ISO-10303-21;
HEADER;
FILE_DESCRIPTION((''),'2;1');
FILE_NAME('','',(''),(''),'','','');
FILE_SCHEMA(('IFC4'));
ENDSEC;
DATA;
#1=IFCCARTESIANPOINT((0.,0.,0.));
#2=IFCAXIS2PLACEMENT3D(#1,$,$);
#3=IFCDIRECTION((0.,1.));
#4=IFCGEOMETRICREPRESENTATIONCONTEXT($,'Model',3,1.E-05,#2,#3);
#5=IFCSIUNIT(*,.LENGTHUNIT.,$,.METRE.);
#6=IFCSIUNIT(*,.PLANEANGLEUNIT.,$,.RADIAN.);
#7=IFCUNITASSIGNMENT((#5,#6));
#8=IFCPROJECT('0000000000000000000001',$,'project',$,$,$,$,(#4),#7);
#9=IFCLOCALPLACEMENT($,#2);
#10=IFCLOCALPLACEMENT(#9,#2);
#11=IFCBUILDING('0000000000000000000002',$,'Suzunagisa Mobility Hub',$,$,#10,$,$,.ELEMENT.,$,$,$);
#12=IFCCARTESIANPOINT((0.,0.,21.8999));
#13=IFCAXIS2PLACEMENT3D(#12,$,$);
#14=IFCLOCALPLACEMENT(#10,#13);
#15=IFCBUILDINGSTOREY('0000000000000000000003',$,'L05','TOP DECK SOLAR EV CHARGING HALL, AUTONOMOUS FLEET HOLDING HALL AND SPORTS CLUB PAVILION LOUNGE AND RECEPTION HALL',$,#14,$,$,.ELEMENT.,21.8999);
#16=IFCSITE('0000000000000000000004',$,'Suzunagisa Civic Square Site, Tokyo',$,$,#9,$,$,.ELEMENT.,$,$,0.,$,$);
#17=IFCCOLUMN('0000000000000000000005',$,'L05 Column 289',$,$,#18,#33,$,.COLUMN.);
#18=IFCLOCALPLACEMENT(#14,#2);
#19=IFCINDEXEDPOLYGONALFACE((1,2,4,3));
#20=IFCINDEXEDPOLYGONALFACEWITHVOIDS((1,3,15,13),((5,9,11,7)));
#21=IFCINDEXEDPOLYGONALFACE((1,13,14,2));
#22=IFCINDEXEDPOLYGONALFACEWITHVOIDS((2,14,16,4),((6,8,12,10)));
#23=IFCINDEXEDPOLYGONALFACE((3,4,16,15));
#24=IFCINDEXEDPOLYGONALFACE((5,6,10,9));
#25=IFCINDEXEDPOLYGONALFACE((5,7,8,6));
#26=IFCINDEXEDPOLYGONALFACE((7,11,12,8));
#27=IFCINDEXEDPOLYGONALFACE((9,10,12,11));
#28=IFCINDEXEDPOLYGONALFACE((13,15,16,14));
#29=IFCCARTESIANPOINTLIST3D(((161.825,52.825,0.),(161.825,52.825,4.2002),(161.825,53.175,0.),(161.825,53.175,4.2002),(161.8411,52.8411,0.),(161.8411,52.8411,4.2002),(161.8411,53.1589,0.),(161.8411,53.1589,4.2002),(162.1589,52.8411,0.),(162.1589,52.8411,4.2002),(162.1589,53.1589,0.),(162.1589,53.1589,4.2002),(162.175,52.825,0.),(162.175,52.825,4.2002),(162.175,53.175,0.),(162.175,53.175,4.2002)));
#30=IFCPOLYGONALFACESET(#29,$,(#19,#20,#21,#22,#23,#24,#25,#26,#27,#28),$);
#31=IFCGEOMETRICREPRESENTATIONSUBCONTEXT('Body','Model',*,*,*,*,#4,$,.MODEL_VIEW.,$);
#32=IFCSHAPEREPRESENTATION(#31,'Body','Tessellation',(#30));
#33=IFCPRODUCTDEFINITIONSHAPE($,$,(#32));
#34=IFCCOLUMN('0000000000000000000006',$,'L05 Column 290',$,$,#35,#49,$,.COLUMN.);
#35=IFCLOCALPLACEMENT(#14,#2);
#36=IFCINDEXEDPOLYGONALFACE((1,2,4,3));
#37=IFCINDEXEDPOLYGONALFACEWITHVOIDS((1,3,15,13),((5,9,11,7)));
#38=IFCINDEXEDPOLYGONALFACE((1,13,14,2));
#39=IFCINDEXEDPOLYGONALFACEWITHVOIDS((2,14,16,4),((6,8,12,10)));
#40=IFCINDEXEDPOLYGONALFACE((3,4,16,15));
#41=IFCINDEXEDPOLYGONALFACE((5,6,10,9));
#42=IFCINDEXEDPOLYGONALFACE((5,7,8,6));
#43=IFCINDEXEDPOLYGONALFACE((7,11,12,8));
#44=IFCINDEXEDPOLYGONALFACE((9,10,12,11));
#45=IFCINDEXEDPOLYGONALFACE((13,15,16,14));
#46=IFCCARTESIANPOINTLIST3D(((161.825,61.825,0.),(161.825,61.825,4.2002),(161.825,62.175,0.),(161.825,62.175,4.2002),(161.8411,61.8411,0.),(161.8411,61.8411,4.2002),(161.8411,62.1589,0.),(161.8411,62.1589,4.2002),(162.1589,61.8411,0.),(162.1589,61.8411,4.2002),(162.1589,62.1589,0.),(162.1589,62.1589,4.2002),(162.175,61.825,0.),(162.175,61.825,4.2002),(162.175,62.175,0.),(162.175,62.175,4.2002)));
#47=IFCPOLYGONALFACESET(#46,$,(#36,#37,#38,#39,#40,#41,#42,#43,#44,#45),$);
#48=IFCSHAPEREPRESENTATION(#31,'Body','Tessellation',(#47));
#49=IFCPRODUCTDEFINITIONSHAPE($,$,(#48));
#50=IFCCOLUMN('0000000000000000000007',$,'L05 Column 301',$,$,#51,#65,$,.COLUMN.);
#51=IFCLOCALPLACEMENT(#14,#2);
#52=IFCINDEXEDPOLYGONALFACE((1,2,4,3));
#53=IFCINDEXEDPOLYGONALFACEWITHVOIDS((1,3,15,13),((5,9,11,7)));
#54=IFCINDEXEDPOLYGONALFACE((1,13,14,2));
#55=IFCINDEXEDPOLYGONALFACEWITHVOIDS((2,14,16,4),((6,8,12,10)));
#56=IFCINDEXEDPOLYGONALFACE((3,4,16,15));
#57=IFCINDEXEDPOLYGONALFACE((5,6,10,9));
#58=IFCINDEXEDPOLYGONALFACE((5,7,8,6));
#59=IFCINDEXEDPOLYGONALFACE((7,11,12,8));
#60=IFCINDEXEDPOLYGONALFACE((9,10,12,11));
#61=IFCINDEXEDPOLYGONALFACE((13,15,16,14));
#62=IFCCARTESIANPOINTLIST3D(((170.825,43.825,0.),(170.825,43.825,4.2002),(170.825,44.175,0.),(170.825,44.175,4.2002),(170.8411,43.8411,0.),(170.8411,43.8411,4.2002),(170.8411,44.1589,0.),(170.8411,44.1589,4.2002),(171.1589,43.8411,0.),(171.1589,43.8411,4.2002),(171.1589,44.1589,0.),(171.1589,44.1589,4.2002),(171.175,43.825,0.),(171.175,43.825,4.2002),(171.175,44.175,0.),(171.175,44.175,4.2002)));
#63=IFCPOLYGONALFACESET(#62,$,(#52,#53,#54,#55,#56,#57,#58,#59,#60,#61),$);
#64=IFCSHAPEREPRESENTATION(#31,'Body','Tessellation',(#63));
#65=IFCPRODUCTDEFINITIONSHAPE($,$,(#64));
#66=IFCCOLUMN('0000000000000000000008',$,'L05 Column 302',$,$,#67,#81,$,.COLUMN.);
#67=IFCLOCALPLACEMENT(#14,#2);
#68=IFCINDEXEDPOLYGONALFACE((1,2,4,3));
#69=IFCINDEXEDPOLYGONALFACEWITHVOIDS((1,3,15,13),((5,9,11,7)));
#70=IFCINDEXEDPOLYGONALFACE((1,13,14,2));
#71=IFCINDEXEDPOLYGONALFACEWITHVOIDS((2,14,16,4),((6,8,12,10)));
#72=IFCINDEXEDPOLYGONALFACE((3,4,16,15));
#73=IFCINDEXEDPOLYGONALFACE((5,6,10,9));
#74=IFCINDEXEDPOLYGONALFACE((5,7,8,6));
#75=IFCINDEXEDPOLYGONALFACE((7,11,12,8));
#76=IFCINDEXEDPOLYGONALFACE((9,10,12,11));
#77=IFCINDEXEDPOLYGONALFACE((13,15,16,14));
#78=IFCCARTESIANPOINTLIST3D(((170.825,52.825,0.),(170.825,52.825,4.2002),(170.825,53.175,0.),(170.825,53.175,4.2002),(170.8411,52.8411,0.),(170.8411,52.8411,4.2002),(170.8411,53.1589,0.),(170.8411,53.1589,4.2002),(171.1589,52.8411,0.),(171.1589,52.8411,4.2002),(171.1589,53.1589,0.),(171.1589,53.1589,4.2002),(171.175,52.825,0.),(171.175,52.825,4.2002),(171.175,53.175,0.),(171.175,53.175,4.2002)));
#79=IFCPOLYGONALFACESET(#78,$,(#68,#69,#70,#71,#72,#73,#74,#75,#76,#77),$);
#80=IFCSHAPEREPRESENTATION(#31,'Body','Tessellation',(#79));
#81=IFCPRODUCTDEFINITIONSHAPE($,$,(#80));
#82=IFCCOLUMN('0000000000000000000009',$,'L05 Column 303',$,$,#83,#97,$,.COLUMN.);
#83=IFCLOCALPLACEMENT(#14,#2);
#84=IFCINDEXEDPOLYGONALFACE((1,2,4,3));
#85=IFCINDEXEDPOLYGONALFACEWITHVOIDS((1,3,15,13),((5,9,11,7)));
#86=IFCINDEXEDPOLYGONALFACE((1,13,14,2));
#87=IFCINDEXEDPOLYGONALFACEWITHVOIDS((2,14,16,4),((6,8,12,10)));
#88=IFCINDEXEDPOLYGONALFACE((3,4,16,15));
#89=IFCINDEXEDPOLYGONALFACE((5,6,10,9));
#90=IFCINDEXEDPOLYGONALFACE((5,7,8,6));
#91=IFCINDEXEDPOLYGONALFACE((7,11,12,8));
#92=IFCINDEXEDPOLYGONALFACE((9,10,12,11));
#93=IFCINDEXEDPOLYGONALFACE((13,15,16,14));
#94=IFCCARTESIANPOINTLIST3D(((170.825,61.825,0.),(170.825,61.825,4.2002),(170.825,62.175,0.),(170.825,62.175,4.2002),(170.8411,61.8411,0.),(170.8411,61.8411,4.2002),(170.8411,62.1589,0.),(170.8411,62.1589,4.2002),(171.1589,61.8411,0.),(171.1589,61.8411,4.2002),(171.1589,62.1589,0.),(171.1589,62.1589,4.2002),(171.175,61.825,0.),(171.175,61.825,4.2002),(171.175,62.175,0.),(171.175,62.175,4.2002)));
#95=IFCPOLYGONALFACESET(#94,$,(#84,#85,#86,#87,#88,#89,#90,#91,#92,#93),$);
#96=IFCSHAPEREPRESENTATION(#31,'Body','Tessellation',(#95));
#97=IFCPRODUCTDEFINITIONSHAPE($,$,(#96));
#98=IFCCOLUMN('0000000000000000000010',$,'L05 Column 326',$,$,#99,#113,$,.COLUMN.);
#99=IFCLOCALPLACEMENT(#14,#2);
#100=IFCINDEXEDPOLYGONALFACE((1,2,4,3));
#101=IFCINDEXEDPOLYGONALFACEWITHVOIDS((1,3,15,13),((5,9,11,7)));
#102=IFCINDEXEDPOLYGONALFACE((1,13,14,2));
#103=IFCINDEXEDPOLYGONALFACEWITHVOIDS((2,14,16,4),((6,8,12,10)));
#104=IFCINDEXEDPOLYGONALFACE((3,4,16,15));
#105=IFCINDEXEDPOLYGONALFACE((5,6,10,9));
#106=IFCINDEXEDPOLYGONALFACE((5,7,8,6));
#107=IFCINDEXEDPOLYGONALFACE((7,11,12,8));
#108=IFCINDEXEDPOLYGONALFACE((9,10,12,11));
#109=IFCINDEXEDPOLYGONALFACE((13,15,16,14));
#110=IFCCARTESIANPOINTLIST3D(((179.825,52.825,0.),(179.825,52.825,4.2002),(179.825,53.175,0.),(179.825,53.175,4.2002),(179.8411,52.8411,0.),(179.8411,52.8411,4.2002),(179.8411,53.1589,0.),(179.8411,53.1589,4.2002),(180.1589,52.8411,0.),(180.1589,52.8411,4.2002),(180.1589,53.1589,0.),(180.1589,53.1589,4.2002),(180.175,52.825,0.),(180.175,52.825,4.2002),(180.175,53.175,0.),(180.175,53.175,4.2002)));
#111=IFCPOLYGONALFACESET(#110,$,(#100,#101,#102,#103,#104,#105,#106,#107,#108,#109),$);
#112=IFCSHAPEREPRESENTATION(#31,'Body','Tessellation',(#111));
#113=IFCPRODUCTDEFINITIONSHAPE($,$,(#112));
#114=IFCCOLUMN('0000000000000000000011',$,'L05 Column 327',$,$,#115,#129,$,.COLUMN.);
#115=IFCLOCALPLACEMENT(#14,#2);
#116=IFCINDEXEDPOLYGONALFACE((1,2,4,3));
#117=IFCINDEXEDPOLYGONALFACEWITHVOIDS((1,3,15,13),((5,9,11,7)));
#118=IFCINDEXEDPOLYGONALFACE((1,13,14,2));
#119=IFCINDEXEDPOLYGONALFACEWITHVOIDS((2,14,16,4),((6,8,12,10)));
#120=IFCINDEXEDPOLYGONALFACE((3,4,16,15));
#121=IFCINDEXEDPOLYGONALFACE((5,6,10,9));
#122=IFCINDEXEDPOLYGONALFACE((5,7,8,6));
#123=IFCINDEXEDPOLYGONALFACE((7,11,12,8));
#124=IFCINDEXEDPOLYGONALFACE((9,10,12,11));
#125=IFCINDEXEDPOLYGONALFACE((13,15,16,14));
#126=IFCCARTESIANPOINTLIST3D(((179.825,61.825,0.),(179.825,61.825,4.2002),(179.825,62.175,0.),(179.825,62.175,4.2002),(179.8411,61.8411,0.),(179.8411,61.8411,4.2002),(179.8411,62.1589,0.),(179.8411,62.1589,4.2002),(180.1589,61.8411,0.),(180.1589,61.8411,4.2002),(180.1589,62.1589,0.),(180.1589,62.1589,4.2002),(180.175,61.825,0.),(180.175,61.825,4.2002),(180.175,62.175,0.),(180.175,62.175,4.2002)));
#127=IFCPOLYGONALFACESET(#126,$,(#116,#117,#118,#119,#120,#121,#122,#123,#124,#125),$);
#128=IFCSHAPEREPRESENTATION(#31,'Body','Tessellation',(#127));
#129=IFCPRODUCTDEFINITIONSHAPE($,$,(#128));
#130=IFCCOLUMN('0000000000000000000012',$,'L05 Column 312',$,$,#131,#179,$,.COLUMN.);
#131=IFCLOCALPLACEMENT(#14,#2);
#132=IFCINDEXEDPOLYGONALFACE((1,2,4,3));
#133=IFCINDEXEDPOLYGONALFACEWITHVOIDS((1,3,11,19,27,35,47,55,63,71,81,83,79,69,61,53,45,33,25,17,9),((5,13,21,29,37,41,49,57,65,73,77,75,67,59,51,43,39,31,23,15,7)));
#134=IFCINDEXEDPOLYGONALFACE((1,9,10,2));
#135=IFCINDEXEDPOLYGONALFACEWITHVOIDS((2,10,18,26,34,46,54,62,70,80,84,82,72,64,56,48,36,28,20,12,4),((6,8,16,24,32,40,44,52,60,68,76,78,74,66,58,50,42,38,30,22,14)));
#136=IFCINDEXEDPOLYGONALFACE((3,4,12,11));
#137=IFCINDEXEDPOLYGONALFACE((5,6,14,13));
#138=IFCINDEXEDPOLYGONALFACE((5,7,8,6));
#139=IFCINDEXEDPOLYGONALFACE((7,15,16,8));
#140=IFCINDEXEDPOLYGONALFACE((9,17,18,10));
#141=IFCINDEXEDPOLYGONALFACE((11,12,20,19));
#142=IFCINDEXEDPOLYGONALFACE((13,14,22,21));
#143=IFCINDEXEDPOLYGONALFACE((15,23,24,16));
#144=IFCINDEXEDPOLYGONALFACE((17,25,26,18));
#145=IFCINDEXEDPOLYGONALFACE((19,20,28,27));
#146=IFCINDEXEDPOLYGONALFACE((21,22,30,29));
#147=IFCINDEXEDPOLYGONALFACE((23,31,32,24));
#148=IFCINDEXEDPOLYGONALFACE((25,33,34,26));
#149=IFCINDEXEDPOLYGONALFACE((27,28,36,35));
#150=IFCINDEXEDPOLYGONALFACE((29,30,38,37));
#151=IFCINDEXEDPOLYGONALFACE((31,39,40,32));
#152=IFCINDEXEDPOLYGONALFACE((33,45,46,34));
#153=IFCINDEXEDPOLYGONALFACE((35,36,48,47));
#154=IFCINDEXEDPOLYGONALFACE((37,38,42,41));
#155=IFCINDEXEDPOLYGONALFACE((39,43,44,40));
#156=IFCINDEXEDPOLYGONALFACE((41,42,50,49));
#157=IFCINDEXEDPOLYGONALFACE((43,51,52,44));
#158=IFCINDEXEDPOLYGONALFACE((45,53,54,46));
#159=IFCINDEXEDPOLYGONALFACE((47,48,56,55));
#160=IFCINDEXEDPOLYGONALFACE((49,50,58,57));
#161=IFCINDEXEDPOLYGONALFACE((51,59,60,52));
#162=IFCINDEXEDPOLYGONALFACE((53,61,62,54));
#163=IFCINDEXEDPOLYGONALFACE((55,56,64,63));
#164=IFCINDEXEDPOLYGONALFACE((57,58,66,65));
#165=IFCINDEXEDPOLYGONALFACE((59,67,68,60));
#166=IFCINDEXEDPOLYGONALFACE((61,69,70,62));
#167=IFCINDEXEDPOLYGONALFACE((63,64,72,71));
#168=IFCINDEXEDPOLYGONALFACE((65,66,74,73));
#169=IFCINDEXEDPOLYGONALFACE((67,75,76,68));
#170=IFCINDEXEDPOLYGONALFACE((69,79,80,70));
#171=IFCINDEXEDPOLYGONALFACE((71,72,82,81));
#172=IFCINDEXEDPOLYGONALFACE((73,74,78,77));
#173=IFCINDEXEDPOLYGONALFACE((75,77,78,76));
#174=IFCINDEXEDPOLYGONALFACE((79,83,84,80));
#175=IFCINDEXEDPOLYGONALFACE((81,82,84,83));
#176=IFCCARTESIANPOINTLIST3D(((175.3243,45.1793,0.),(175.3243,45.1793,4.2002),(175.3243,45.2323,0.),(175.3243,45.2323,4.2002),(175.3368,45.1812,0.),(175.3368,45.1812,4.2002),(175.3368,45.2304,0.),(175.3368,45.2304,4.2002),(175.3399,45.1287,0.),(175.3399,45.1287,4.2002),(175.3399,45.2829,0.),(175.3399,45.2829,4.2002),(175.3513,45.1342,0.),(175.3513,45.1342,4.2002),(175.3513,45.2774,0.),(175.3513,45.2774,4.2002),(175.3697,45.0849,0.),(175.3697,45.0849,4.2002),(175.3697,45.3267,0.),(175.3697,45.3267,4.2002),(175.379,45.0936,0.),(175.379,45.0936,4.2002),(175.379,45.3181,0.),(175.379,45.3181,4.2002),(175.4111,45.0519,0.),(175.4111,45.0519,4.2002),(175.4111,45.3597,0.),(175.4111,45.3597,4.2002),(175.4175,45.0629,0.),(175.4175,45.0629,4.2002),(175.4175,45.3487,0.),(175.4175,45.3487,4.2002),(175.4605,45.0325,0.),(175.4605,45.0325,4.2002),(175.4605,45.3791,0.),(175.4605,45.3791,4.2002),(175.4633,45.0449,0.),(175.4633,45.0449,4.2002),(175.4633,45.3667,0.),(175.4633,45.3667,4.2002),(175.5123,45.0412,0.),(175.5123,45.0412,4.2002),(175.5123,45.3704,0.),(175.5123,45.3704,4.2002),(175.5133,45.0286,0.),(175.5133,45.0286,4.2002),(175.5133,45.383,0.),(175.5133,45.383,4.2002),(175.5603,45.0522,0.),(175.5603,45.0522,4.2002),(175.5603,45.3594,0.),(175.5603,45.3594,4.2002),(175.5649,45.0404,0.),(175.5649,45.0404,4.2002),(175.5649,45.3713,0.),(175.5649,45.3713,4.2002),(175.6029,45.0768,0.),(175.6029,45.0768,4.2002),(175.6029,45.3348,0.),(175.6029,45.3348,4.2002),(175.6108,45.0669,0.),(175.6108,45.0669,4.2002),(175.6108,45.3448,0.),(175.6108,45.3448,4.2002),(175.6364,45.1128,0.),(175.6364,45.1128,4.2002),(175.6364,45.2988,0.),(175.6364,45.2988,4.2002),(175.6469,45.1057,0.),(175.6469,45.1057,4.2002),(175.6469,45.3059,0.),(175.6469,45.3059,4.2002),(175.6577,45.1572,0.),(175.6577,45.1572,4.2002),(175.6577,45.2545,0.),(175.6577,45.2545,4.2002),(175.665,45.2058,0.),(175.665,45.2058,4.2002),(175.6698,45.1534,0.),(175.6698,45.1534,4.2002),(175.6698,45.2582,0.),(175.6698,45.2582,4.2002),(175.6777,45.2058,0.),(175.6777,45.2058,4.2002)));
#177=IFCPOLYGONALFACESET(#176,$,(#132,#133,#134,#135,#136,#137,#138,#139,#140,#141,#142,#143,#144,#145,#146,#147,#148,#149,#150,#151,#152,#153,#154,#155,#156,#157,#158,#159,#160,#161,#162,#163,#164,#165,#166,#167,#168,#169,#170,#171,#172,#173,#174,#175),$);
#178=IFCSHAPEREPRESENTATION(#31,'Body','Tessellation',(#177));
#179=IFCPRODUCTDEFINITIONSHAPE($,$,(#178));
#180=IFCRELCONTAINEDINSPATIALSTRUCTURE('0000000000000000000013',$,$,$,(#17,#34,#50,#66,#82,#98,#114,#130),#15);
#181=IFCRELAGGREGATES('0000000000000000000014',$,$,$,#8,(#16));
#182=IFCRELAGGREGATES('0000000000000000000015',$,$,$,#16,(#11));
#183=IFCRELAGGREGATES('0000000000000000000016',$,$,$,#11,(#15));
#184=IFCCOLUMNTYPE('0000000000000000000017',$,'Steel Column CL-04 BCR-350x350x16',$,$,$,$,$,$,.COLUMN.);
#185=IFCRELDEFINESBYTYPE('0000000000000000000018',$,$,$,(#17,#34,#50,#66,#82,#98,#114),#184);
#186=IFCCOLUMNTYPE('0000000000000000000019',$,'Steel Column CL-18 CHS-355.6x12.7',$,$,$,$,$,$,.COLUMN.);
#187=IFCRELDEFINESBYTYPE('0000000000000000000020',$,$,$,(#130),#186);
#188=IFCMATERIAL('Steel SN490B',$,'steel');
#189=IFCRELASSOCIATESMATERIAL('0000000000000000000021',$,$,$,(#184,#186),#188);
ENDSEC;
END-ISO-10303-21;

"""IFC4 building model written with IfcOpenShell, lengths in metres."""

from ifc_helpers import new_model, si_unit, direction, frame, origin, origin_2d, place, context, subcontext, project, spatial, hollow_rectangle, hollow_circle, extrude, material, material_profile, profile_set, type_object, element, save


model = new_model("IFC4")

# Units and contexts
model_context = context("Model", 3, precision=1e-05, world=origin(), true_north=direction((0.0, 1.0)))
body_context = subcontext(model_context, "Body", "Model", "MODEL_VIEW")
ifc_project = project(units=[si_unit("LENGTHUNIT", "METRE"), si_unit("PLANEANGLEUNIT", "RADIAN")], contexts=[model_context])

# Site, building, storey
site_placement = place(None, origin())
site = spatial("IfcSite", under=ifc_project, at=site_placement, Name="Suzunagisa Civic Square Site, Tokyo", CompositionType="ELEMENT", RefElevation=0.0)
building_placement = place(site_placement, origin())
building = spatial("IfcBuilding", under=site, at=building_placement, Name="Suzunagisa Mobility Hub", CompositionType="ELEMENT")
storey_placement = place(building_placement, frame((0.0, 0.0, 21.8999)))
storey = spatial("IfcBuildingStorey", under=building, at=storey_placement, Name="L05", Description="TOP DECK SOLAR EV CHARGING HALL, AUTONOMOUS FLEET HOLDING HALL AND SPORTS CLUB PAVILION LOUNGE AND RECEPTION HALL", CompositionType="ELEMENT", Elevation=21.8999)

# Columns
ifc_material_1 = material(Name="Steel SN490B", Category="steel")
ifc_material_profile_1 = material_profile(ifc_material_1, hollow_rectangle(XDim=0.3501, YDim=0.3501, WallThickness=0.0161, at=origin_2d()), Name="BCR-350x350x16")
ifc_profile_set_1 = profile_set([ifc_material_profile_1], Name="Steel SN490B")
column_type_1 = type_object("IfcColumnType", Name="Steel Column CL-04 BCR-350x350x16", PredefinedType="COLUMN", material=ifc_profile_set_1)
for number, where, z_axis, x_axis, name in (
    (1, (162.0, 53.0, 0.0), (0.0, 0.0, 1.0), (1.0, 0.0, 0.0), "L05 Column 289"),
    (2, (162.0, 62.0, 0.0), (0.0, 0.0, 1.0), (1.0, 0.0, 0.0), "L05 Column 290"),
    (3, (171.0, 44.0, 0.0), (0.0, 0.0, 1.0), (1.0, 0.0, 0.0), "L05 Column 301"),
    (4, (171.0, 53.0, 0.0), (0.0, 0.0, 1.0), (1.0, 0.0, 0.0), "L05 Column 302"),
    (5, (171.0, 62.0, 0.0), (0.0, 0.0, 1.0), (1.0, 0.0, 0.0), "L05 Column 303"),
    (6, (180.0, 53.0, 0.0), (0.0, 0.0, 1.0), (1.0, 0.0, 0.0), "L05 Column 326"),
    (7, (180.0, 62.0, 0.0), (0.0, 0.0, 1.0), (1.0, 0.0, 0.0), "L05 Column 327"),
):
    element("IfcColumn", number, at=place(storey_placement, frame(where, z_axis=z_axis, x_axis=x_axis)), inside=storey, type_object=column_type_1, Name=name, PredefinedType="COLUMN", context=body_context, shape_type="SweptSolid", body=[
        extrude(hollow_rectangle(XDim=0.3501, YDim=0.3501, WallThickness=0.0161, at=origin_2d()), origin(), (0.0, 0.0, 1.0), 4.2002),
    ])
ifc_material_profile_2 = material_profile(ifc_material_1, hollow_circle(Radius=0.1777, WallThickness=0.0127, at=origin_2d()), Name="CHS-355.6x12.7")
ifc_profile_set_2 = profile_set([ifc_material_profile_2], Name="Steel SN490B")
column_type_2 = type_object("IfcColumnType", Name="Steel Column CL-18 CHS-355.6x12.7", PredefinedType="COLUMN", material=ifc_profile_set_2)
for number, where, z_axis, x_axis, name in (
    (8, (175.5, 45.2058, 0.0), (0.0, 0.0, 1.0), (1.0, 0.0, 0.0), "L05 Column 312"),
):
    element("IfcColumn", number, at=place(storey_placement, frame(where, z_axis=z_axis, x_axis=x_axis)), inside=storey, type_object=column_type_2, Name=name, PredefinedType="COLUMN", context=body_context, shape_type="SweptSolid", body=[
        extrude(hollow_circle(Radius=0.1777, WallThickness=0.0127, at=origin_2d()), origin(), (0.0, 0.0, 1.0), 4.2002),
    ])

save(model, "model.ifc")
